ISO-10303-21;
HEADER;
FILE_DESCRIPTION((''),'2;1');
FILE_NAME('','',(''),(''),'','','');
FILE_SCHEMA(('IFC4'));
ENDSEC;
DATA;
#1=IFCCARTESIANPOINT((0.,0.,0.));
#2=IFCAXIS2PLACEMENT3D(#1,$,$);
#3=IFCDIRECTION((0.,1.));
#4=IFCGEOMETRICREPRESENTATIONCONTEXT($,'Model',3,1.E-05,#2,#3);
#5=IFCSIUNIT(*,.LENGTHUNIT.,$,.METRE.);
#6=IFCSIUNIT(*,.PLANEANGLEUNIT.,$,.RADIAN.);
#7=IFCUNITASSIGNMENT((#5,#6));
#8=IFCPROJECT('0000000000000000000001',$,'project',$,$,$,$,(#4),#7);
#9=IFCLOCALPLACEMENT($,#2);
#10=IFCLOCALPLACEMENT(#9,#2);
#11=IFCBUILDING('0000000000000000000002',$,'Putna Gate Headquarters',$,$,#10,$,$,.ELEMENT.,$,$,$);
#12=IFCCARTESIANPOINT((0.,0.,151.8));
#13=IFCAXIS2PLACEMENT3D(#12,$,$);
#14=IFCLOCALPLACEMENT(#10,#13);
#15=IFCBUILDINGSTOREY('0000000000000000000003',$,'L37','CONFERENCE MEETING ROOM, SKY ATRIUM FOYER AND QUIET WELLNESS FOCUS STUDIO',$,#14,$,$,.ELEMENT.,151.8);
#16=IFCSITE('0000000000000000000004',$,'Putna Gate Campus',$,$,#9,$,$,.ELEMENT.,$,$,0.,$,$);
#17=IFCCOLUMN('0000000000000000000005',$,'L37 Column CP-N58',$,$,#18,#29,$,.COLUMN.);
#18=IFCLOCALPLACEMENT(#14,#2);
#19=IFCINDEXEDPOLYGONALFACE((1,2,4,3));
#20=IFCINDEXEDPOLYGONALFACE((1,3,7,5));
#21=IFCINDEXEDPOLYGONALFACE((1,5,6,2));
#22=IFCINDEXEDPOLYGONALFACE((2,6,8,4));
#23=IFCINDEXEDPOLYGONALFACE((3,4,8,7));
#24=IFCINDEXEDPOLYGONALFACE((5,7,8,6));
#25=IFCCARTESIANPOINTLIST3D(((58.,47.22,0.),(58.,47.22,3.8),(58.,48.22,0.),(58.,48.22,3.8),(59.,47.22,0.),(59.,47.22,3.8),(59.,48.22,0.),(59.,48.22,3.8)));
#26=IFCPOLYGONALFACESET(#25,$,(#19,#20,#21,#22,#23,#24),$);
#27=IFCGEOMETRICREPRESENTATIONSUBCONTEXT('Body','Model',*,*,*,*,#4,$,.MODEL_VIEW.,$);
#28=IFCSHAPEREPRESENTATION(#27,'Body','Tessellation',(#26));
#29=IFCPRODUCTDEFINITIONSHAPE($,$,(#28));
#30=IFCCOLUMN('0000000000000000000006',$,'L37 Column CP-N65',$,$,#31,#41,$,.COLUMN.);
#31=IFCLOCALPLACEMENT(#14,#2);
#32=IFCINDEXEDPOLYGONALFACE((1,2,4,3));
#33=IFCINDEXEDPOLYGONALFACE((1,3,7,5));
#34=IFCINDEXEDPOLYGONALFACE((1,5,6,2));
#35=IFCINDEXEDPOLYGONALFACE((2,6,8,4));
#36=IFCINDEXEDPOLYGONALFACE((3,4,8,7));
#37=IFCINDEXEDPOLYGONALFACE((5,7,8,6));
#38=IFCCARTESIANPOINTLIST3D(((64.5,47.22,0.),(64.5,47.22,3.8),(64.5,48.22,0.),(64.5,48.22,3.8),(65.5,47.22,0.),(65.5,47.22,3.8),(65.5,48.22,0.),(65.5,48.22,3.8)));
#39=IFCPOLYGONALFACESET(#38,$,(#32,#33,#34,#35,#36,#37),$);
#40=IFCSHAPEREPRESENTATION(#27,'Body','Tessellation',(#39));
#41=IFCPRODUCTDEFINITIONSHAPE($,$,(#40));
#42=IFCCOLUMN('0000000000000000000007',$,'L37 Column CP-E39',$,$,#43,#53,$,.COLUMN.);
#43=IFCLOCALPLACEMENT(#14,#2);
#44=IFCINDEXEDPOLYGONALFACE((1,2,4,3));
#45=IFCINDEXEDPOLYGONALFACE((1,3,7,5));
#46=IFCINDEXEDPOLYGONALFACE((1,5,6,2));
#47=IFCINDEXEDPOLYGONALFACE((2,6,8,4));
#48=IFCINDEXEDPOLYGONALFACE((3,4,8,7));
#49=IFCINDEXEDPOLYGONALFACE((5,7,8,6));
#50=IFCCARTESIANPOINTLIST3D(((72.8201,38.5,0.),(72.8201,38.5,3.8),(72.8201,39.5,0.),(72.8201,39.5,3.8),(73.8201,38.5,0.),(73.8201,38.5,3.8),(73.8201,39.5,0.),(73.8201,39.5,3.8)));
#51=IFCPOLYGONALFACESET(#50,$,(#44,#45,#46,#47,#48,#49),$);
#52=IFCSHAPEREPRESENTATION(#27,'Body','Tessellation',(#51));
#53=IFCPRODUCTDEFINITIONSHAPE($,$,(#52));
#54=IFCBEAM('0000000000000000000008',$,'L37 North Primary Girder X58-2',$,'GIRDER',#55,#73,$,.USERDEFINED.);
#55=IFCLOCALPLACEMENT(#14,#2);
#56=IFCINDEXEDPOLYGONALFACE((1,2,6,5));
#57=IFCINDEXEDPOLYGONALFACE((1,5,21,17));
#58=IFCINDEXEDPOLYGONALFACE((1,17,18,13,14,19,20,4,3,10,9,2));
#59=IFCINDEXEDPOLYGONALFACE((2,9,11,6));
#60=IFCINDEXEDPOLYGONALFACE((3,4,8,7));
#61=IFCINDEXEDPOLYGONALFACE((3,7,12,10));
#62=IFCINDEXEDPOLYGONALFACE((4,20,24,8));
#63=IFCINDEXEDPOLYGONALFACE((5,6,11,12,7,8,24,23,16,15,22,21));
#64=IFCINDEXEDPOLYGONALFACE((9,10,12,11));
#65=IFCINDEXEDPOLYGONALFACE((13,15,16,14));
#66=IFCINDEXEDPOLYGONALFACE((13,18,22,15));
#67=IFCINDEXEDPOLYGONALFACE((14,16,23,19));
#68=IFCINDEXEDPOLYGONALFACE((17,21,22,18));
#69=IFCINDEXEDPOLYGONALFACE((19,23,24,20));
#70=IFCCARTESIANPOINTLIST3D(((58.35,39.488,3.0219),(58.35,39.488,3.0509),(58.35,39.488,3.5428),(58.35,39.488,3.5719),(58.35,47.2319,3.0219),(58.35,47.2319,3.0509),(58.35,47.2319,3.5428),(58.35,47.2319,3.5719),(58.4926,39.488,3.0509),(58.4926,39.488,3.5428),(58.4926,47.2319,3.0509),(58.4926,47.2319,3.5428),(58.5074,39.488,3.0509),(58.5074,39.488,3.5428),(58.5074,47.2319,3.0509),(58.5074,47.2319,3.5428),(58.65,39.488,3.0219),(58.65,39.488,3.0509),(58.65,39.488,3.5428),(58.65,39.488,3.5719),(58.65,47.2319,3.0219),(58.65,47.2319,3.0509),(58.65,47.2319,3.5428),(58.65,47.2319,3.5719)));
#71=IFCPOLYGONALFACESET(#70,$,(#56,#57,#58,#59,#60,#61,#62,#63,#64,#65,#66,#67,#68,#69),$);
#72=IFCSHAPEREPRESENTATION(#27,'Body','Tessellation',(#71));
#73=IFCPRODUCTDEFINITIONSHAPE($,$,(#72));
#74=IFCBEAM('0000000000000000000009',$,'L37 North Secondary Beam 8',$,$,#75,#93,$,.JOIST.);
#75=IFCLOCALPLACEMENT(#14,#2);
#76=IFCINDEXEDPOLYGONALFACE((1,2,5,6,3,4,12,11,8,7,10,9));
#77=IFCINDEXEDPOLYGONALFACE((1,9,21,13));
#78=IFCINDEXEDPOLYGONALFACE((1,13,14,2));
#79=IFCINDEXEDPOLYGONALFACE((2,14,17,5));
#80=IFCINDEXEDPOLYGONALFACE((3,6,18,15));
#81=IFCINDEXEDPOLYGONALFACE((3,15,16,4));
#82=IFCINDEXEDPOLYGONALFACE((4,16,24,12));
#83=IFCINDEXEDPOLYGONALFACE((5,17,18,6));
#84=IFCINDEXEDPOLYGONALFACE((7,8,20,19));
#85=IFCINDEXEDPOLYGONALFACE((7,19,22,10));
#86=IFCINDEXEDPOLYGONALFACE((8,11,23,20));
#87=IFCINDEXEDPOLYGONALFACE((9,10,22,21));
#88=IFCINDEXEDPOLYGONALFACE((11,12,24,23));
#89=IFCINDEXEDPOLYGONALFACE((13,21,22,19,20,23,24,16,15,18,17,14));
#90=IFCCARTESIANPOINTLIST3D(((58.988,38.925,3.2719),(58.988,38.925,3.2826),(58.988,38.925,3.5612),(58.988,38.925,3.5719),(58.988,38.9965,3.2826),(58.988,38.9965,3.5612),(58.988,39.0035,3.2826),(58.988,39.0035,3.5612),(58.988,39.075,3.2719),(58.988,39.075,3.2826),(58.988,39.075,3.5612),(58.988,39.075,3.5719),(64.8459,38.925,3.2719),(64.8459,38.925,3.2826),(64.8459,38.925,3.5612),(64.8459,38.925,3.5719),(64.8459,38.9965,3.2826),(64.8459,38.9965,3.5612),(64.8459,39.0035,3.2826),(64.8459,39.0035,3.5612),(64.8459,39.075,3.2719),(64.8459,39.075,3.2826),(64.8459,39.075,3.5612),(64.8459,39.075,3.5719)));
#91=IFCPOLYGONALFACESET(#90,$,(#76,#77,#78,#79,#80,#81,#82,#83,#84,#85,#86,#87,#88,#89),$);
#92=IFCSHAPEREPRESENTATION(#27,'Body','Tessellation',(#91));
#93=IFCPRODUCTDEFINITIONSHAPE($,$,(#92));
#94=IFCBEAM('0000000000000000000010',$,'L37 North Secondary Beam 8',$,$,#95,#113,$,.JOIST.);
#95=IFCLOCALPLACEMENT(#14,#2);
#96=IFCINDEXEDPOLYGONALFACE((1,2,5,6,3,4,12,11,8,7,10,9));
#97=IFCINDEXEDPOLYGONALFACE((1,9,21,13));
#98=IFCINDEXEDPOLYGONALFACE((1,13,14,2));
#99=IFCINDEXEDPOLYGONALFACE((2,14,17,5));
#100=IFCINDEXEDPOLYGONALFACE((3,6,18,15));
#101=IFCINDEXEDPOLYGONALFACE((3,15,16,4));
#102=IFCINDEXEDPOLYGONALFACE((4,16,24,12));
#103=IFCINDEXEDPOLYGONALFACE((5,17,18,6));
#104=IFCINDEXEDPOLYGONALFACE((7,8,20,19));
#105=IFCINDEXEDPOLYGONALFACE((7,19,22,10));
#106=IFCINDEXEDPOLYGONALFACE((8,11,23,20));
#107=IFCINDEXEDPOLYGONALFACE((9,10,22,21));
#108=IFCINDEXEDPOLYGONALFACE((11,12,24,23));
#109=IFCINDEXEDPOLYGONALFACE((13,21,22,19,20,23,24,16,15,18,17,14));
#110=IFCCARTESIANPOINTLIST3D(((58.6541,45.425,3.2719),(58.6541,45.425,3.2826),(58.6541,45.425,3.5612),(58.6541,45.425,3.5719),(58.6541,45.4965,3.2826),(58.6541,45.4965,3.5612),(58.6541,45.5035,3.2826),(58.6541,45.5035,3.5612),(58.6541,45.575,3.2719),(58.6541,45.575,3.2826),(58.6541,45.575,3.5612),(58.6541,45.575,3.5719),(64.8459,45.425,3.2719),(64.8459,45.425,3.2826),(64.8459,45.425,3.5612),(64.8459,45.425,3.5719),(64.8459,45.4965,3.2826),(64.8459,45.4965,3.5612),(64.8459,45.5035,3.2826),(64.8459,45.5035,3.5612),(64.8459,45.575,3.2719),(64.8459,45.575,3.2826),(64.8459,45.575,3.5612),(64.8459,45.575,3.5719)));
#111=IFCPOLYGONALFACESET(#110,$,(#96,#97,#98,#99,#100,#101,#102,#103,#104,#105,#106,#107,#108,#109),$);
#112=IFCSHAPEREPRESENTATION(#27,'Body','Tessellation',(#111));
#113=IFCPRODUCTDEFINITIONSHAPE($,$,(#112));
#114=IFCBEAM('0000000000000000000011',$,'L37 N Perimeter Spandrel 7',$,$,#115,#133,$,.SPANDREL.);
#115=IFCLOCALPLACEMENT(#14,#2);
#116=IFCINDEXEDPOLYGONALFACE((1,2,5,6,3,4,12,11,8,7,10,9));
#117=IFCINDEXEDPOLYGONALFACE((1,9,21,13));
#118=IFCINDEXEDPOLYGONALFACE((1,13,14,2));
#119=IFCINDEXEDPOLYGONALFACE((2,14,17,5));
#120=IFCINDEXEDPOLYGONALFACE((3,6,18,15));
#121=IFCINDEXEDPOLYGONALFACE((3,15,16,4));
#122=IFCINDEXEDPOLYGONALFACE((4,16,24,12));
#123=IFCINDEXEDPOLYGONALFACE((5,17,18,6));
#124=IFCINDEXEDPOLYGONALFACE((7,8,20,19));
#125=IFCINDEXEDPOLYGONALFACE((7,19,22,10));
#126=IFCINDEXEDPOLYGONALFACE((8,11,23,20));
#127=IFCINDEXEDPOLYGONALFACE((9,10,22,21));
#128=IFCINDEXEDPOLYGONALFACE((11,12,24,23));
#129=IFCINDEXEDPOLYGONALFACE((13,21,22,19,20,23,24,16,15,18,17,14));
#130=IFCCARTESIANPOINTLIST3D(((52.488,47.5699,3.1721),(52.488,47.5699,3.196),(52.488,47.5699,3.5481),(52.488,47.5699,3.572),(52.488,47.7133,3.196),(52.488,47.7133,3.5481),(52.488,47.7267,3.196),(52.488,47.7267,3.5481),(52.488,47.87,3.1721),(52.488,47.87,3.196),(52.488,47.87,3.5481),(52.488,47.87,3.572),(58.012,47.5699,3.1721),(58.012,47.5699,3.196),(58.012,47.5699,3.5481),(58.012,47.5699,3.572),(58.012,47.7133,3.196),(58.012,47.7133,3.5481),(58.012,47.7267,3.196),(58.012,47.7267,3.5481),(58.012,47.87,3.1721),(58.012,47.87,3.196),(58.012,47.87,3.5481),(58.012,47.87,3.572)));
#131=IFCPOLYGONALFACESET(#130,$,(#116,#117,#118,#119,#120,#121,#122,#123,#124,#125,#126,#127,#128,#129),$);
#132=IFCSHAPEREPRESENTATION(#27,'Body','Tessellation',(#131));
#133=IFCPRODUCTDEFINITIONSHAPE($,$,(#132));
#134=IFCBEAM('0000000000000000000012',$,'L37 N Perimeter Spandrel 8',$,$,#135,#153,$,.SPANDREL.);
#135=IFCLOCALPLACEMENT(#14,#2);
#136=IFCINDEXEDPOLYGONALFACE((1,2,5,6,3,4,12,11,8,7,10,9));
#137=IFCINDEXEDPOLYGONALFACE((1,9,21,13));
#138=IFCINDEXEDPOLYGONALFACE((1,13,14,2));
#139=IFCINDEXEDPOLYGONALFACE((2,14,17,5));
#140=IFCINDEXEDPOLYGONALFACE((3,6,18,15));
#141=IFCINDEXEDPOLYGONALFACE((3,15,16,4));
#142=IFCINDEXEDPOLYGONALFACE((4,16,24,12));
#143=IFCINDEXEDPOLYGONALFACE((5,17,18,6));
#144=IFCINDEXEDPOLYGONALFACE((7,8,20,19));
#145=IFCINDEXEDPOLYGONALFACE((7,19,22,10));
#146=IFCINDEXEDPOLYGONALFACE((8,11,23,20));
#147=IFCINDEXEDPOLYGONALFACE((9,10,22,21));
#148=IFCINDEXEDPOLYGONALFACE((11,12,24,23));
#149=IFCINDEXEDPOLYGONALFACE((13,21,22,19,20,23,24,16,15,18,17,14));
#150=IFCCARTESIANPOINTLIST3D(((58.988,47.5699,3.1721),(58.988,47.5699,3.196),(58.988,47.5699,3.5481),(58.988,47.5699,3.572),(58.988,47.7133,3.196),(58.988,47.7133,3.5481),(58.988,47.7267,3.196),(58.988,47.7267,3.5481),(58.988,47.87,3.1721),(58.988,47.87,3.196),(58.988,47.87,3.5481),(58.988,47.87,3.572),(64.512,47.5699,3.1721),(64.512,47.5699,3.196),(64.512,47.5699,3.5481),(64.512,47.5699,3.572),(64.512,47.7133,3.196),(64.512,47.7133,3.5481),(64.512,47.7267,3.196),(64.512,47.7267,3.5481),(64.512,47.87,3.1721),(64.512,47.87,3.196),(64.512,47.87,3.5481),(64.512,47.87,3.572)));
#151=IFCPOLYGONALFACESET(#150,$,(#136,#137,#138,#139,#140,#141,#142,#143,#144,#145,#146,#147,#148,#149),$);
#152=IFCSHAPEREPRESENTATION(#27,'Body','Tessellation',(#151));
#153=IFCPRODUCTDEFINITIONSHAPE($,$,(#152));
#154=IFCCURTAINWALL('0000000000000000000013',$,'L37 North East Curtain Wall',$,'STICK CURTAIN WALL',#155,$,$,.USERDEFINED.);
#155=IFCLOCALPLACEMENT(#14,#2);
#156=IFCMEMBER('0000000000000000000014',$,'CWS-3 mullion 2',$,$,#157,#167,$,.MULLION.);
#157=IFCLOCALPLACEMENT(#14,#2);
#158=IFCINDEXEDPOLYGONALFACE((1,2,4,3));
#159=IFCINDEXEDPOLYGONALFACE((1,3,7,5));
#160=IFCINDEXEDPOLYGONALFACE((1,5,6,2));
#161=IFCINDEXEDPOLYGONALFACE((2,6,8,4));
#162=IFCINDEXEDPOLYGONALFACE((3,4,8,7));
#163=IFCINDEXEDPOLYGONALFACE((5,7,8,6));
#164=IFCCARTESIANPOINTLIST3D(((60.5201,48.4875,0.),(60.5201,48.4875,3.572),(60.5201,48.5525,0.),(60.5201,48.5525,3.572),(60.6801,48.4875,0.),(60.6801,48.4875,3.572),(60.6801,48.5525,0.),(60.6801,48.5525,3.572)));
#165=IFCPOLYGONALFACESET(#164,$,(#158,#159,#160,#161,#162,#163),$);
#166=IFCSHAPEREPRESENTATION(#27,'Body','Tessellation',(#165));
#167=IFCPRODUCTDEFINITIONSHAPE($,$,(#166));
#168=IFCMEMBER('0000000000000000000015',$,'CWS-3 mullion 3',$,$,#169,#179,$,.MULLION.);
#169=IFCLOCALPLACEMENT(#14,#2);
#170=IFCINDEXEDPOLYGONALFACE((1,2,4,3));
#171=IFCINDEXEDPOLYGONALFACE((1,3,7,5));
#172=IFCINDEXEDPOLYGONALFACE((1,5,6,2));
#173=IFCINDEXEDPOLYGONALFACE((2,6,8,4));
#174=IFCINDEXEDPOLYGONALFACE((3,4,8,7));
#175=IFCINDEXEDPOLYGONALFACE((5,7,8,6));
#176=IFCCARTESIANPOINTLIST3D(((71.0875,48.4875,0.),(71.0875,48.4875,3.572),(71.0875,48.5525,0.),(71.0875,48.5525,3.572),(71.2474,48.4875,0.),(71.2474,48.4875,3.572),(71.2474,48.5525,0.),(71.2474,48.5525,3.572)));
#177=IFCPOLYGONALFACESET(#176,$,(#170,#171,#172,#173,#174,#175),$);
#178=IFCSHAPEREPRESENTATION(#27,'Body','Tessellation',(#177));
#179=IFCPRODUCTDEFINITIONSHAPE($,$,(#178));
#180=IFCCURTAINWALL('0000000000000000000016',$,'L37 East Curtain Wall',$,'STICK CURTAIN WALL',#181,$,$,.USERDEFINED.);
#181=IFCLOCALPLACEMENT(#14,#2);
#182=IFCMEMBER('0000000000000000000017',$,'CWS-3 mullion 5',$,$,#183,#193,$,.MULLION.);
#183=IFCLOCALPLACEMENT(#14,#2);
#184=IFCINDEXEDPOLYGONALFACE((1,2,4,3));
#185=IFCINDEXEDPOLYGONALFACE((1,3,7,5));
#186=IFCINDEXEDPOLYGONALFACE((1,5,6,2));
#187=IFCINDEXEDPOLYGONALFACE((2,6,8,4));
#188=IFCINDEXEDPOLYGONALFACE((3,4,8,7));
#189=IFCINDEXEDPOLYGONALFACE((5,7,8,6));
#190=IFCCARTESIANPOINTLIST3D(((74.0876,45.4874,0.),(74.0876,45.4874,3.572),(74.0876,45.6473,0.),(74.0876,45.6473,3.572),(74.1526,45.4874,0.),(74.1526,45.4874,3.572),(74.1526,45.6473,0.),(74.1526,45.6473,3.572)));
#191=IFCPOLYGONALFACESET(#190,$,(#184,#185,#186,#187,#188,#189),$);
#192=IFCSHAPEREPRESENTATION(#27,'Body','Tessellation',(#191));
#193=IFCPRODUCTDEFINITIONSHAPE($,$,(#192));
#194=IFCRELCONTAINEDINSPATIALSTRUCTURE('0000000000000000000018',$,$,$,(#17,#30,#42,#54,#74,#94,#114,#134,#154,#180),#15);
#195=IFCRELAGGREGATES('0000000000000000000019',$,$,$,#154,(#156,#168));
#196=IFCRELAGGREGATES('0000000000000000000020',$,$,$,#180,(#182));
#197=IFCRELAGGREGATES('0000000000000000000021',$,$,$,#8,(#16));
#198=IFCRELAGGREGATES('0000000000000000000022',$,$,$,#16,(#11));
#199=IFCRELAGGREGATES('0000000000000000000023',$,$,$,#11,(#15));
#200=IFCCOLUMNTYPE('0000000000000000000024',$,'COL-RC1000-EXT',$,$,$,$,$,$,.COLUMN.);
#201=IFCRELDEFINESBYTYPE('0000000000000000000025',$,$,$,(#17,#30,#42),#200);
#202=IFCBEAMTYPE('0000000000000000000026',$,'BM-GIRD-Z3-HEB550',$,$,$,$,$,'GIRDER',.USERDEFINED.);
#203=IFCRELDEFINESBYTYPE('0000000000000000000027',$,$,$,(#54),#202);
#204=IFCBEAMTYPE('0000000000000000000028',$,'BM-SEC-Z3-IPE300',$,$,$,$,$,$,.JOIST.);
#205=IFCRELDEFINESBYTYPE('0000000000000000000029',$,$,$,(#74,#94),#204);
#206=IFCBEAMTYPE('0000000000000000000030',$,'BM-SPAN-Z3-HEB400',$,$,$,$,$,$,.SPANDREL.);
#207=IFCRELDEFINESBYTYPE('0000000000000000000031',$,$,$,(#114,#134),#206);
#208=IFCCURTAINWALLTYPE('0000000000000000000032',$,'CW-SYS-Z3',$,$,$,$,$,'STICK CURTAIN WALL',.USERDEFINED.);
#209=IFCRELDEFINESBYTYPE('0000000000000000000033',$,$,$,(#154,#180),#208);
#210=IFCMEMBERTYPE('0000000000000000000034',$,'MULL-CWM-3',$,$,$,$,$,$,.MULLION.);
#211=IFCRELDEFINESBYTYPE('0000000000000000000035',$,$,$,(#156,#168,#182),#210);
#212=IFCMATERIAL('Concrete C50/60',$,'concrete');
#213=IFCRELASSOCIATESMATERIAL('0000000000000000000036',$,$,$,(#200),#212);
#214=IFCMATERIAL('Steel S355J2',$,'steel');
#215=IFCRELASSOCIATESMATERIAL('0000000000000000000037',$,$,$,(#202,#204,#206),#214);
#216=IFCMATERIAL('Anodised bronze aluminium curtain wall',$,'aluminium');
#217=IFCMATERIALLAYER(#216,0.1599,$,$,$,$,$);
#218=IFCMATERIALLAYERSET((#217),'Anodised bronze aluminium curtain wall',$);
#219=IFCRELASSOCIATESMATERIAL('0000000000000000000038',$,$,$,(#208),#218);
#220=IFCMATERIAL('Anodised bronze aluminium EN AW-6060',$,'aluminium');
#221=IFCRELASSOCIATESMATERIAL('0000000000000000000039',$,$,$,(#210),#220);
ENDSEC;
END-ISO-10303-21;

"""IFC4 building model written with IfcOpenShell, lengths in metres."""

from ifc_helpers import new_model, si_unit, direction, frame, origin, origin_2d, place, context, subcontext, project, spatial, rectangle, i_section, extrude, material, layer, layer_set, material_profile, profile_set, type_object, element, aggregate, save


model = new_model("IFC4")

# Units and contexts
model_context = context("Model", 3, precision=1e-05, world=origin(), true_north=direction((0.0, 1.0)))
body_context = subcontext(model_context, "Body", "Model", "MODEL_VIEW")
ifc_project = project(units=[si_unit("LENGTHUNIT", "METRE"), si_unit("PLANEANGLEUNIT", "RADIAN")], contexts=[model_context])

# Site, building, storey
site_placement = place(None, origin())
site = spatial("IfcSite", under=ifc_project, at=site_placement, Name="Putna Gate Campus", CompositionType="ELEMENT", RefElevation=0.0)
building_placement = place(site_placement, origin())
building = spatial("IfcBuilding", under=site, at=building_placement, Name="Putna Gate Headquarters", CompositionType="ELEMENT")
storey_placement = place(building_placement, frame((0.0, 0.0, 151.8)))
storey = spatial("IfcBuildingStorey", under=building, at=storey_placement, Name="L37", Description="CONFERENCE MEETING ROOM, SKY ATRIUM FOYER AND QUIET WELLNESS FOCUS STUDIO", CompositionType="ELEMENT", Elevation=151.8)

# Columns
ifc_material_1 = material(Name="Concrete C50/60", Category="concrete")
ifc_material_profile_1 = material_profile(ifc_material_1, rectangle(XDim=1.0, YDim=1.0, at=origin_2d()), Name="Concrete C50/60")
ifc_profile_set_1 = profile_set([ifc_material_profile_1], Name="Concrete C50/60")
column_type = type_object("IfcColumnType", Name="COL-RC1000-EXT", PredefinedType="COLUMN", material=ifc_profile_set_1)
for number, where, z_axis, x_axis, name in (
    (1, (58.5, 47.72, 0.0), (0.0, 0.0, 1.0), (1.0, 0.0, 0.0), "L37 Column CP-N58"),
    (2, (65.0, 47.72, 0.0), (0.0, 0.0, 1.0), (1.0, 0.0, 0.0), "L37 Column CP-N65"),
    (3, (73.3201, 39.0, 0.0), (0.0, 0.0, 1.0), (1.0, 0.0, 0.0), "L37 Column CP-E39"),
):
    element("IfcColumn", number, at=place(storey_placement, frame(where, z_axis=z_axis, x_axis=x_axis)), inside=storey, type_object=column_type, Name=name, PredefinedType="COLUMN", context=body_context, shape_type="SweptSolid", body=[
        extrude(rectangle(XDim=1.0, YDim=1.0, at=origin_2d()), origin(), (0.0, 0.0, 1.0), 3.8),
    ])

# Beams
ifc_material_2 = material(Name="Steel S355J2", Category="steel")
ifc_material_profile_2 = material_profile(ifc_material_2, i_section(OverallWidth=0.3, OverallDepth=0.55, WebThickness=0.0149, FlangeThickness=0.0291, at=origin_2d()), Name="Steel S355J2")
ifc_profile_set_2 = profile_set([ifc_material_profile_2], Name="Steel S355J2")
beam_type_1 = type_object("IfcBeamType", Name="BM-GIRD-Z3-HEB550", ElementType="GIRDER", PredefinedType="USERDEFINED", material=ifc_profile_set_2)
beam_1_placement = place(storey_placement, frame((58.5, 39.488, 3.2969), z_axis=(0.0, 1.0, 0.0), x_axis=(-1.0, 0.0, 0.0)))
element("IfcBeam", 4, at=beam_1_placement, inside=storey, type_object=beam_type_1, Name="L37 North Primary Girder X58-2", ObjectType="GIRDER", PredefinedType="USERDEFINED", context=body_context, shape_type="SweptSolid", body=[
    extrude(i_section(OverallWidth=0.3, OverallDepth=0.55, WebThickness=0.0149, FlangeThickness=0.0291, at=origin_2d()), origin(), (0.0, 0.0, 1.0), 7.7439),
])
ifc_material_profile_3 = material_profile(ifc_material_2, i_section(OverallWidth=0.1499, OverallDepth=0.3, WebThickness=0.0071, FlangeThickness=0.0107, at=origin_2d()), Name="Steel S355J2")
ifc_profile_set_3 = profile_set([ifc_material_profile_3], Name="Steel S355J2")
beam_type_2 = type_object("IfcBeamType", Name="BM-SEC-Z3-IPE300", PredefinedType="JOIST", material=ifc_profile_set_3)
beam_2_placement = place(storey_placement, frame((58.988, 39.0, 3.4219), z_axis=(1.0, 0.0, 0.0), x_axis=(0.0, 1.0, 0.0)))
element("IfcBeam", 5, at=beam_2_placement, inside=storey, type_object=beam_type_2, Name="L37 North Secondary Beam 8", PredefinedType="JOIST", context=body_context, shape_type="SweptSolid", body=[
    extrude(i_section(OverallWidth=0.1499, OverallDepth=0.3, WebThickness=0.0071, FlangeThickness=0.0107, at=origin_2d()), origin(), (0.0, 0.0, 1.0), 5.8579),
])
beam_3_placement = place(storey_placement, frame((58.6541, 45.5, 3.4219), z_axis=(1.0, 0.0, 0.0), x_axis=(0.0, 1.0, 0.0)))
element("IfcBeam", 6, at=beam_3_placement, inside=storey, type_object=beam_type_2, Name="L37 North Secondary Beam 8", PredefinedType="JOIST", context=body_context, shape_type="SweptSolid", body=[
    extrude(i_section(OverallWidth=0.1499, OverallDepth=0.3, WebThickness=0.0071, FlangeThickness=0.0107, at=origin_2d()), origin(), (0.0, 0.0, 1.0), 6.1919),
])
ifc_material_profile_4 = material_profile(ifc_material_2, i_section(OverallWidth=0.3, OverallDepth=0.3999, WebThickness=0.0134, FlangeThickness=0.0239, at=origin_2d()), Name="Steel S355J2")
ifc_profile_set_4 = profile_set([ifc_material_profile_4], Name="Steel S355J2")
beam_type_3 = type_object("IfcBeamType", Name="BM-SPAN-Z3-HEB400", PredefinedType="SPANDREL", material=ifc_profile_set_4)
for number, where, z_axis, x_axis, name in (
    (7, (52.488, 47.72, 3.3721), (1.0, 0.0, 0.0), (0.0, 1.0, 0.0), "L37 N Perimeter Spandrel 7"),
    (8, (58.988, 47.72, 3.3721), (1.0, 0.0, 0.0), (0.0, 1.0, 0.0), "L37 N Perimeter Spandrel 8"),
):
    element("IfcBeam", number, at=place(storey_placement, frame(where, z_axis=z_axis, x_axis=x_axis)), inside=storey, type_object=beam_type_3, Name=name, PredefinedType="SPANDREL", context=body_context, shape_type="SweptSolid", body=[
        extrude(i_section(OverallWidth=0.3, OverallDepth=0.3999, WebThickness=0.0134, FlangeThickness=0.0239, at=origin_2d()), origin(), (0.0, 0.0, 1.0), 5.5239),
    ])

# Curtain wall, members
ifc_material_3 = material(Name="Anodised bronze aluminium curtain wall", Category="aluminium")
ifc_layer_1 = layer(ifc_material_3, 0.1599)
ifc_layer_set_1 = layer_set([ifc_layer_1], Name="Anodised bronze aluminium curtain wall")
curtain_wall_type = type_object("IfcCurtainWallType", Name="CW-SYS-Z3", ElementType="STICK CURTAIN WALL", PredefinedType="USERDEFINED", material=ifc_layer_set_1)
curtain_wall_1_placement = place(storey_placement, origin())
curtain_wall_1 = element("IfcCurtainWall", 9, at=curtain_wall_1_placement, inside=storey, type_object=curtain_wall_type, Name="L37 North East Curtain Wall", ObjectType="STICK CURTAIN WALL", PredefinedType="USERDEFINED")
ifc_material_4 = material(Name="Anodised bronze aluminium EN AW-6060", Category="aluminium")
ifc_material_profile_5 = material_profile(ifc_material_4, rectangle(XDim=0.0649, YDim=0.1599, at=origin_2d()), Name="Anodised bronze aluminium EN AW-6060")
ifc_profile_set_5 = profile_set([ifc_material_profile_5], Name="Anodised bronze aluminium EN AW-6060")
member_type_1 = type_object("IfcMemberType", Name="MULL-CWM-3", PredefinedType="MULLION", material=ifc_profile_set_5)
member_1_placement = place(storey_placement, frame((60.6001, 48.52, 0.0), z_axis=(0.0, 0.0, 1.0), x_axis=(0.0, 1.0, 0.0)))
member_1 = element("IfcMember", 10, at=member_1_placement, type_object=member_type_1, Name="CWS-3 mullion 2", PredefinedType="MULLION", context=body_context, shape_type="SweptSolid", body=[
    extrude(rectangle(XDim=0.0649, YDim=0.1599, at=origin_2d()), origin(), (0.0, 0.0, 1.0), 3.572),
])
member_2_placement = place(storey_placement, frame((71.1675, 48.52, 0.0), z_axis=(0.0, 0.0, 1.0), x_axis=(0.0, 1.0, 0.0)))
member_2 = element("IfcMember", 11, at=member_2_placement, type_object=member_type_1, Name="CWS-3 mullion 3", PredefinedType="MULLION", context=body_context, shape_type="SweptSolid", body=[
    extrude(rectangle(XDim=0.0649, YDim=0.1599, at=origin_2d()), origin(), (0.0, 0.0, 1.0), 3.572),
])

# Curtain wall, member
curtain_wall_2_placement = place(storey_placement, origin())
curtain_wall_2 = element("IfcCurtainWall", 12, at=curtain_wall_2_placement, inside=storey, type_object=curtain_wall_type, Name="L37 East Curtain Wall", ObjectType="STICK CURTAIN WALL", PredefinedType="USERDEFINED")
member_3_placement = place(storey_placement, frame((74.1201, 45.5674, 0.0), z_axis=(0.0, 0.0, 1.0), x_axis=(-1.0, 0.0, 0.0)))
member_3 = element("IfcMember", 13, at=member_3_placement, type_object=member_type_1, Name="CWS-3 mullion 5", PredefinedType="MULLION", context=body_context, shape_type="SweptSolid", body=[
    extrude(rectangle(XDim=0.0649, YDim=0.1599, at=origin_2d()), origin(), (0.0, 0.0, 1.0), 3.572),
])

aggregate(curtain_wall_1, [member_1, member_2])
aggregate(curtain_wall_2, [member_3])

save(model, "model.ifc")
